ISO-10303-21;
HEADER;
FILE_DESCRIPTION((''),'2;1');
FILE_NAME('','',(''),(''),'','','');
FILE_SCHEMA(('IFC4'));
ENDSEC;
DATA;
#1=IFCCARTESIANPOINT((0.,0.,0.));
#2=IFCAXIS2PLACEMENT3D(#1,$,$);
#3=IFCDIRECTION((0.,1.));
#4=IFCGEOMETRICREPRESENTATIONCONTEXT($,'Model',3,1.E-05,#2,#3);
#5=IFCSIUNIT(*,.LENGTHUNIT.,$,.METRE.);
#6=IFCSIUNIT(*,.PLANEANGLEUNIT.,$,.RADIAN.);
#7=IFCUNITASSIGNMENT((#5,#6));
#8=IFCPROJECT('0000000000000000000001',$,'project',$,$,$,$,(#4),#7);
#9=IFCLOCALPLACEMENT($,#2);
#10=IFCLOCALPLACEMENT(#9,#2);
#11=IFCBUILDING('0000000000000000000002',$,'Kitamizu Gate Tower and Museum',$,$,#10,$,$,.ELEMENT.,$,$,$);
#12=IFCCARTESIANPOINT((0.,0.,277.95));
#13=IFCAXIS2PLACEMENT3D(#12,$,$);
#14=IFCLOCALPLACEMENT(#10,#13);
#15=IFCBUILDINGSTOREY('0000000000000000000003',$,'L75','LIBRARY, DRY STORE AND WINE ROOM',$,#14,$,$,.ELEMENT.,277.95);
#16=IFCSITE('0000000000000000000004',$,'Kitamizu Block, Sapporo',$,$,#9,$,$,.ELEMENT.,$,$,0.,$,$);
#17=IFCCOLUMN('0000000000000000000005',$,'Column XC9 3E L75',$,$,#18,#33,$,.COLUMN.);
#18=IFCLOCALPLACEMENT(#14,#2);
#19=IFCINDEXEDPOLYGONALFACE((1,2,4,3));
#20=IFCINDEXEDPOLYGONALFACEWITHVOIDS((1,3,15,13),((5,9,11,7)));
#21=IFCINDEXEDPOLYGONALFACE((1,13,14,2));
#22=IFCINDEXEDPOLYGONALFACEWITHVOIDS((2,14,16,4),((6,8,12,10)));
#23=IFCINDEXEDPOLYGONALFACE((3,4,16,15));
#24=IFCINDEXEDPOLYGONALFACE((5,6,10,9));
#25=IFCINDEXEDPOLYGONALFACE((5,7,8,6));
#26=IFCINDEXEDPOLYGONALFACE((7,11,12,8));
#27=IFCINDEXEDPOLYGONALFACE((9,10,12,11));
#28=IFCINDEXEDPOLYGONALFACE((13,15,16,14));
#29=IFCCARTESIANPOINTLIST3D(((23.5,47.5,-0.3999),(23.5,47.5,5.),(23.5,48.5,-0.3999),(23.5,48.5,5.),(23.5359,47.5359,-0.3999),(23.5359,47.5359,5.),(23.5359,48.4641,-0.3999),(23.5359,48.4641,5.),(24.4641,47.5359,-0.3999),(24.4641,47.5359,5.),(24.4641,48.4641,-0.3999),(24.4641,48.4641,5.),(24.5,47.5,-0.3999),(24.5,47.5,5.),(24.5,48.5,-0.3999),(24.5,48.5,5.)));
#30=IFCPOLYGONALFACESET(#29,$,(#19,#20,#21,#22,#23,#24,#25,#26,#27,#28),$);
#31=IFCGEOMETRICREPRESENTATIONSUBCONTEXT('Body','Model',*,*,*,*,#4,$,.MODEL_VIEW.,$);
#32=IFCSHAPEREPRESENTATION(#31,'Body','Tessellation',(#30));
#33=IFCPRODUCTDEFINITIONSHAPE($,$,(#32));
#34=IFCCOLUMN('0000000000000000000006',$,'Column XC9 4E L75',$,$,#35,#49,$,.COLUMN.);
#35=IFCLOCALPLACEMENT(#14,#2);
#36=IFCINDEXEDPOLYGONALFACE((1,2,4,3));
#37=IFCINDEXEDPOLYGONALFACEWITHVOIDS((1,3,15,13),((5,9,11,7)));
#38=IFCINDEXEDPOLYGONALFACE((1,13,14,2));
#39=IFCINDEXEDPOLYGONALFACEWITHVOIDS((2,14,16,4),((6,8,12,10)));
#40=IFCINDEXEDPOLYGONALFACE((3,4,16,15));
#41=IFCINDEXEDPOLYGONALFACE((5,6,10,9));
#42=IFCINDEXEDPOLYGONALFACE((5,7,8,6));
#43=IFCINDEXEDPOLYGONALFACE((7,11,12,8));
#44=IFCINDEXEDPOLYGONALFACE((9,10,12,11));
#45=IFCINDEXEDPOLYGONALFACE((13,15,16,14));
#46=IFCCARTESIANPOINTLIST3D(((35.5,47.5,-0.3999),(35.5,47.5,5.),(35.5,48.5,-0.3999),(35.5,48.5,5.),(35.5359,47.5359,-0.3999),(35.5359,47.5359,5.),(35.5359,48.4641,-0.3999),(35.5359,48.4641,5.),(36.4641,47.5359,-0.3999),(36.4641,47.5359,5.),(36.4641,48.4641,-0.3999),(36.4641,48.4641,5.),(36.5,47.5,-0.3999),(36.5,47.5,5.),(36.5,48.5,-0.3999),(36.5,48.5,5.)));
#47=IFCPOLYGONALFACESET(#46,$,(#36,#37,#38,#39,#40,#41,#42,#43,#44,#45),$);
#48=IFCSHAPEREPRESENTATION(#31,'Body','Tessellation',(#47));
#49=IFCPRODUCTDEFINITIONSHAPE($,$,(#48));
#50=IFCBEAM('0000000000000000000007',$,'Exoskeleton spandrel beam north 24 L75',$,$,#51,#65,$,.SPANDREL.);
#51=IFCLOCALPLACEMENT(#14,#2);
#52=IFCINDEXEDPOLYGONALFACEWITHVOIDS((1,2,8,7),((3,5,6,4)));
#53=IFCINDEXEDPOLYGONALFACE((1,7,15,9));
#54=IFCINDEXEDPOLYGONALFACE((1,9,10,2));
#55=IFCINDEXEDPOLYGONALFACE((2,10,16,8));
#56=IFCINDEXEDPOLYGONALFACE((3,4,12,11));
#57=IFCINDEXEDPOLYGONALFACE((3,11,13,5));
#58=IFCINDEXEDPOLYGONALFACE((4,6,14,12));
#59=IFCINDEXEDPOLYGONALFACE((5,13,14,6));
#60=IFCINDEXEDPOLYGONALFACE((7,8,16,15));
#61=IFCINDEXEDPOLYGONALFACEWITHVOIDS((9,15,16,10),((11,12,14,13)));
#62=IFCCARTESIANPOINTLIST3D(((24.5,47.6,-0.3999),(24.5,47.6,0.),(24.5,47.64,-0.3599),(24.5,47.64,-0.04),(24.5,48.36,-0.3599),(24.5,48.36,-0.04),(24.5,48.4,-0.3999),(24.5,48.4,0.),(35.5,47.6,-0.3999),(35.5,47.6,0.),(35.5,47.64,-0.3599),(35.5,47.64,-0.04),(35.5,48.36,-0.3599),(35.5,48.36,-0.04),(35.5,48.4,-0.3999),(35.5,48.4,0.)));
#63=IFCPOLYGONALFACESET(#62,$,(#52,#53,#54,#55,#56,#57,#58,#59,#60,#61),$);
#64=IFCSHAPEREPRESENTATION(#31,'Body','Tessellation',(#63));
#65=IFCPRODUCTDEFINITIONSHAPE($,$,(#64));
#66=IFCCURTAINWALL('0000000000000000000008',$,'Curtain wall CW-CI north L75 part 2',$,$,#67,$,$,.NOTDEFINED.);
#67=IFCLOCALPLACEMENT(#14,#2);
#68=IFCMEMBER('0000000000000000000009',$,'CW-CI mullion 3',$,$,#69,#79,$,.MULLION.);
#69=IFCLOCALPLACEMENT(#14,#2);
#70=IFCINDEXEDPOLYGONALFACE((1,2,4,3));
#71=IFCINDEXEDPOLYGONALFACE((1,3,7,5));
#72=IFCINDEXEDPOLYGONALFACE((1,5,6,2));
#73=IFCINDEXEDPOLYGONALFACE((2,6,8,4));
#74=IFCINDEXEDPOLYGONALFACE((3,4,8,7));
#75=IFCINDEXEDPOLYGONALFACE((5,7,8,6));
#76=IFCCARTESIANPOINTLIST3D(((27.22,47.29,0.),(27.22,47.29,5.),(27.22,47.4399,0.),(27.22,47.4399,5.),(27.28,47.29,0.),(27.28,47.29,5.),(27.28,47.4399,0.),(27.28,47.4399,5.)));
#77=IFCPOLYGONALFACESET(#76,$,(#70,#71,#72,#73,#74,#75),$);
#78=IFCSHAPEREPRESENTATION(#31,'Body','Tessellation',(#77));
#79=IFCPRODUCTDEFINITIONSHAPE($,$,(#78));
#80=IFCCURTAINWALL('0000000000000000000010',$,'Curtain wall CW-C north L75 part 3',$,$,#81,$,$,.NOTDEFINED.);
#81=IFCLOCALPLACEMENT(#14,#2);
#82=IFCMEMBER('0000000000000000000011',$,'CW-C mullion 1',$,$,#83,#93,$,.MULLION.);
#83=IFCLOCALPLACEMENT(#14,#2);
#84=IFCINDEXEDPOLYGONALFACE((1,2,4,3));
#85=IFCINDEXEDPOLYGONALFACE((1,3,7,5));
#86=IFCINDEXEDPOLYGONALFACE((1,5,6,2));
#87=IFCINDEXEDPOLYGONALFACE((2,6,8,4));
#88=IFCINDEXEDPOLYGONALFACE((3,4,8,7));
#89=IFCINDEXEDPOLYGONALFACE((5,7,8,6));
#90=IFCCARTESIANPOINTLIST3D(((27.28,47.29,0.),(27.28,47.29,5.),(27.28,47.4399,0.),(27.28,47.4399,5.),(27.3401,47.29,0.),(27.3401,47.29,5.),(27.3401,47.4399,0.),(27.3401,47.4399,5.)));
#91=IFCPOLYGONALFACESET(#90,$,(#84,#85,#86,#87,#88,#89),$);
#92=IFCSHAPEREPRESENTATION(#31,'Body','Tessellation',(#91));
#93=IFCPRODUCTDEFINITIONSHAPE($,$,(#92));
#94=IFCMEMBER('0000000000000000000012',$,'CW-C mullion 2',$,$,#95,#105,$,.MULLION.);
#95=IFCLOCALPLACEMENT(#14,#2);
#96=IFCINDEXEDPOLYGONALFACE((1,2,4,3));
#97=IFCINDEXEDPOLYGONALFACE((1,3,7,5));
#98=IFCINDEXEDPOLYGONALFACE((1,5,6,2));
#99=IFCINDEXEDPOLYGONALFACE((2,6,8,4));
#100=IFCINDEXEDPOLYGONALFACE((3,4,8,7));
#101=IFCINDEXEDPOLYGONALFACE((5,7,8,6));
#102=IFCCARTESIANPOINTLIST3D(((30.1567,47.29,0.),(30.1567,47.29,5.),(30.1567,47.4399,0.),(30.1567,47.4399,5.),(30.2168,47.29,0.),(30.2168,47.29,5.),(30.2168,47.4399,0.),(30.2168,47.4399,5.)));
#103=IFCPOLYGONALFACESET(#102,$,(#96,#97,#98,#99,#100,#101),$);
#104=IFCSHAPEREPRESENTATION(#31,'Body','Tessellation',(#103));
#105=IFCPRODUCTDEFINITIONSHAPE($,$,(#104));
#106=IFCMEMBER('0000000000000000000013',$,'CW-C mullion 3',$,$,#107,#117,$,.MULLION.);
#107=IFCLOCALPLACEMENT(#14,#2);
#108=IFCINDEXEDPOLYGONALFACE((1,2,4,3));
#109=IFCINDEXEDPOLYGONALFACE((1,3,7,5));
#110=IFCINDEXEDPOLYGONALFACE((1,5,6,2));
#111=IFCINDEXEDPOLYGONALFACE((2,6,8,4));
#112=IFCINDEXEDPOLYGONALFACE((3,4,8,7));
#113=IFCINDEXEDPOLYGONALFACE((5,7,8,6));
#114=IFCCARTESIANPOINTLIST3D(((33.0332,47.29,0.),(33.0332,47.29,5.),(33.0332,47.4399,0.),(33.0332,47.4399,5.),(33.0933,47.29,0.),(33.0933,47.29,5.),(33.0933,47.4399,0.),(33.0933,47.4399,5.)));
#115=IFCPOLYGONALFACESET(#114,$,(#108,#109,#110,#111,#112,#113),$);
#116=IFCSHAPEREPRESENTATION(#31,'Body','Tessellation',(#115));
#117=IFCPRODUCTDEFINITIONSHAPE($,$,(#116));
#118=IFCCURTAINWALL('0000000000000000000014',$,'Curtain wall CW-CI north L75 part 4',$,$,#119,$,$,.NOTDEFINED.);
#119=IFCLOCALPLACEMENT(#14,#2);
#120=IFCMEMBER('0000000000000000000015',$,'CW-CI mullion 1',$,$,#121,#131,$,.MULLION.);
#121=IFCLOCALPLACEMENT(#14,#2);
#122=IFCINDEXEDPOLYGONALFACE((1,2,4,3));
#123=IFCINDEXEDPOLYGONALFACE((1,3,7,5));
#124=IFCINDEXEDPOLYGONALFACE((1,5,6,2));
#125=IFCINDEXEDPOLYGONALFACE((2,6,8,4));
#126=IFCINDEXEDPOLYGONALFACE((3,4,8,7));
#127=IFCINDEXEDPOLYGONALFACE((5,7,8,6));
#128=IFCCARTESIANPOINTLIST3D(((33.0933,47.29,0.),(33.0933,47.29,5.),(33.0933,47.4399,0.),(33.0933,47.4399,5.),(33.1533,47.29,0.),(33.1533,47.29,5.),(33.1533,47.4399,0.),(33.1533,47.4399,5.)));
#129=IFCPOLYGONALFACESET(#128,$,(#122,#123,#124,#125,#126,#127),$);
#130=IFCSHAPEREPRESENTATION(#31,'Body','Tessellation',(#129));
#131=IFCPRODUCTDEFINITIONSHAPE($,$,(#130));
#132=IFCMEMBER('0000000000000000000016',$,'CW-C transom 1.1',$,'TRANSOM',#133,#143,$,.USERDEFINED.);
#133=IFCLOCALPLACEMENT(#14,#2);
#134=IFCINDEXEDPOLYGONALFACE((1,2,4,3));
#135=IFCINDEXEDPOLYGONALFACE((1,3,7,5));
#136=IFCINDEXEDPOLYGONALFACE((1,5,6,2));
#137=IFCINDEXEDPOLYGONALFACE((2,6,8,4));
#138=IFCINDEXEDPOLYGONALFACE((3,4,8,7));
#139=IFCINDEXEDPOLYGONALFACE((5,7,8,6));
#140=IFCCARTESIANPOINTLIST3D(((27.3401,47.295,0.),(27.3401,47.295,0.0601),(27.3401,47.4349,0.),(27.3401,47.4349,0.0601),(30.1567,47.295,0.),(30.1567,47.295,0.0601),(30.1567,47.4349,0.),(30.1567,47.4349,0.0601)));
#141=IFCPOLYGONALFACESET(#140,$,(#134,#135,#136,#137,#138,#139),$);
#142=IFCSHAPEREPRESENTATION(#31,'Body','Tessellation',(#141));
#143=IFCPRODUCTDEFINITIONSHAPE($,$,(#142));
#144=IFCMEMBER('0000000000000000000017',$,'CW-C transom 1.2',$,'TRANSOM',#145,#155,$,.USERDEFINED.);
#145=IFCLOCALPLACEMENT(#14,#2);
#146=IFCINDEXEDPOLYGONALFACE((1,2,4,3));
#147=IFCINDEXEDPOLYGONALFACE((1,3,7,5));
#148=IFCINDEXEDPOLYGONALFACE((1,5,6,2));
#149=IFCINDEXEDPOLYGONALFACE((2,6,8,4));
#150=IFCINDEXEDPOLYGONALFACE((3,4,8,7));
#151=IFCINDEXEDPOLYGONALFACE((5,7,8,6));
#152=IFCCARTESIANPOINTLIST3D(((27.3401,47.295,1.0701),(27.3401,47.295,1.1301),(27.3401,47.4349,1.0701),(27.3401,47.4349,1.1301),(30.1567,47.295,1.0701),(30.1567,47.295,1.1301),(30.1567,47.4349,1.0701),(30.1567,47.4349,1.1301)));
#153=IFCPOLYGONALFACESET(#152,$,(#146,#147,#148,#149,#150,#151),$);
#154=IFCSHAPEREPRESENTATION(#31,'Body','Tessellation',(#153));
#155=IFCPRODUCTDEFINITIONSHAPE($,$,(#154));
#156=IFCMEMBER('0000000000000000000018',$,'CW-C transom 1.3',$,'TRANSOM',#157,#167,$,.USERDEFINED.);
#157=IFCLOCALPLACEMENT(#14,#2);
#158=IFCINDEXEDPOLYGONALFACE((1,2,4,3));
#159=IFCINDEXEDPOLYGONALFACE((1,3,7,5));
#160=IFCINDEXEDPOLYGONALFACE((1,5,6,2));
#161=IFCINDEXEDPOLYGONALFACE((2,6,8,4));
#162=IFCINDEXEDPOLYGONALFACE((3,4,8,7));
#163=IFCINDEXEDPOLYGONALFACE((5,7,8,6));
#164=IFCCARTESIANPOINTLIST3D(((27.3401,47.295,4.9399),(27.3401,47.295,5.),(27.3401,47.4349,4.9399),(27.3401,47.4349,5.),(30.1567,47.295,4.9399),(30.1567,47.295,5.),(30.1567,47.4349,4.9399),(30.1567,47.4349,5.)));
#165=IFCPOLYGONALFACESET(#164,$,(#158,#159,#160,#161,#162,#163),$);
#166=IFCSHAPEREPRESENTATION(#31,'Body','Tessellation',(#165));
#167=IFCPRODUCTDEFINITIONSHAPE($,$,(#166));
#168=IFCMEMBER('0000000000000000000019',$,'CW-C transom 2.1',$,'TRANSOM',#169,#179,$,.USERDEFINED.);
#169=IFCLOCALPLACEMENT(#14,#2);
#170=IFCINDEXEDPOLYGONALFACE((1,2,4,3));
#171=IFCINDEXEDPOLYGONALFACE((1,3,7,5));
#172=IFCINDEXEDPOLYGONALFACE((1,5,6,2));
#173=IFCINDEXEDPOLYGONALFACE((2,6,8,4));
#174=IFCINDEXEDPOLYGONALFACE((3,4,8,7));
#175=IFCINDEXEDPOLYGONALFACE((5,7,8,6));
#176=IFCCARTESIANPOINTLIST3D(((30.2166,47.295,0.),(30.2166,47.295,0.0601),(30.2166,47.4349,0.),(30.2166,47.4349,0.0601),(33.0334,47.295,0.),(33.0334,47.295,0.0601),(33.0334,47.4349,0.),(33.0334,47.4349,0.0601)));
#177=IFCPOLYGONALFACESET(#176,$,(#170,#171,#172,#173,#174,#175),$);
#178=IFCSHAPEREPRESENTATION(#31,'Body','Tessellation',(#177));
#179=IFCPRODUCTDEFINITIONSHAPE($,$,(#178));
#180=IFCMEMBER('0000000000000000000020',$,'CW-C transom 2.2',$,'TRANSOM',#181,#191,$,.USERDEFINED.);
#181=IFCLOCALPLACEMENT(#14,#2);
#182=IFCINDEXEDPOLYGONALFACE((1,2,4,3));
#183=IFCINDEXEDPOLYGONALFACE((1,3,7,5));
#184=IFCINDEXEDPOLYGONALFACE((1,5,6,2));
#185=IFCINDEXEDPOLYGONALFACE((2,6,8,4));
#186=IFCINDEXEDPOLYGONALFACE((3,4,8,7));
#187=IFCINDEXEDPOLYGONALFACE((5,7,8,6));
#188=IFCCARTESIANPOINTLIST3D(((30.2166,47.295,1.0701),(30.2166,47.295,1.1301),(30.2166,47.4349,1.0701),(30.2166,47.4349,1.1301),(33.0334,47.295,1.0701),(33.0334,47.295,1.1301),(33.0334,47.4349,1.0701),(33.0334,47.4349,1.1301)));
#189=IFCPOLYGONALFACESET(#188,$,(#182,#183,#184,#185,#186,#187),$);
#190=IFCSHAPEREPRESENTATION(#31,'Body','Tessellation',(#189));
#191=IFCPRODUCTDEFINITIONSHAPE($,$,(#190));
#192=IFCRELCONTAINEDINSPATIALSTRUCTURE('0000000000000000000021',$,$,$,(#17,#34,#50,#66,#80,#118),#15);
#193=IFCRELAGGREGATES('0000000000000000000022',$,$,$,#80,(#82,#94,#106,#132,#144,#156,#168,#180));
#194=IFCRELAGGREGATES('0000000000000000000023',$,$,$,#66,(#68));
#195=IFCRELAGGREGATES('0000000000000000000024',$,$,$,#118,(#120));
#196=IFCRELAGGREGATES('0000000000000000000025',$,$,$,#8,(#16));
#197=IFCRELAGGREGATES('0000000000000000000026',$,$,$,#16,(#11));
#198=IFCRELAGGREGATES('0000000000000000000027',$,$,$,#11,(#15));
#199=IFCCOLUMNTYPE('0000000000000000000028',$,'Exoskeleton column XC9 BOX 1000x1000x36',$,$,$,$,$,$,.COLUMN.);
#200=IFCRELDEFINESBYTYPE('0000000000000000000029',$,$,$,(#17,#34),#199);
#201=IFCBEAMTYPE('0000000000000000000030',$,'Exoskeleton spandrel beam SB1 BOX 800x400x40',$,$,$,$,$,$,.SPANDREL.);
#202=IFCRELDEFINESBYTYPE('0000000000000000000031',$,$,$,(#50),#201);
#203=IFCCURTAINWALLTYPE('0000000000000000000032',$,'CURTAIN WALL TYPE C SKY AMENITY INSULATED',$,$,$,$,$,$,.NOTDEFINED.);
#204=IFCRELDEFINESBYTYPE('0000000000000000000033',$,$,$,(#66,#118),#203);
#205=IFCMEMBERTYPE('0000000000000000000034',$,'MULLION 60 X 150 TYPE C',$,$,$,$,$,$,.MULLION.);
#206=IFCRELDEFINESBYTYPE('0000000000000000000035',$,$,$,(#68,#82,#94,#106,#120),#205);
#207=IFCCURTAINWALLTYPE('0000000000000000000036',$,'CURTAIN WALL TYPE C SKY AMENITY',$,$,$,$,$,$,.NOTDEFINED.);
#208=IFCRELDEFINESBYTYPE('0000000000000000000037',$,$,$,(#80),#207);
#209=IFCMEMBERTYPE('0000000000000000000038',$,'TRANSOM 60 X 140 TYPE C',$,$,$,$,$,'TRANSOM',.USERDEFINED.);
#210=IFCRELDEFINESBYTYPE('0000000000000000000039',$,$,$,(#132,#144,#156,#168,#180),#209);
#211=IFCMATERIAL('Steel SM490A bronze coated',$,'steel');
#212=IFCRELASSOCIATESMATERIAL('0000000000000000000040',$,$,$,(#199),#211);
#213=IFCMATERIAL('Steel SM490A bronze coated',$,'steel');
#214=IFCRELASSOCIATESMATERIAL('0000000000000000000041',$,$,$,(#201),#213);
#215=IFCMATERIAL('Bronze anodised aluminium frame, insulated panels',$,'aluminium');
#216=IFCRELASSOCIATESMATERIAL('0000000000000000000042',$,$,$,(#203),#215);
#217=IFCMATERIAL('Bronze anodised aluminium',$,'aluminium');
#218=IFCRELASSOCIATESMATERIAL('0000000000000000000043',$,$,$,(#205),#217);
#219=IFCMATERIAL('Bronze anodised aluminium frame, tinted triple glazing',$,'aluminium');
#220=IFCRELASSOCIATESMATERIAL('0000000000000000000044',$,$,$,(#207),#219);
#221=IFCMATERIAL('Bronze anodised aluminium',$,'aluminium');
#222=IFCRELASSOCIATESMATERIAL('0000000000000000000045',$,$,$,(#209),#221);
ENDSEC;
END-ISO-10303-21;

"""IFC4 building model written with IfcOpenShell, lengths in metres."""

from ifc_helpers import new_model, si_unit, direction, frame, origin, origin_2d, place, context, subcontext, project, spatial, rectangle, hollow_rectangle, extrude, material, material_profile, profile_set, type_object, element, aggregate, save


model = new_model("IFC4")

# Units and contexts
model_context = context("Model", 3, precision=1e-05, world=origin(), true_north=direction((0.0, 1.0)))
body_context = subcontext(model_context, "Body", "Model", "MODEL_VIEW")
ifc_project = project(units=[si_unit("LENGTHUNIT", "METRE"), si_unit("PLANEANGLEUNIT", "RADIAN")], contexts=[model_context])

# Site, building, storey
site_placement = place(None, origin())
site = spatial("IfcSite", under=ifc_project, at=site_placement, Name="Kitamizu Block, Sapporo", CompositionType="ELEMENT", RefElevation=0.0)
building_placement = place(site_placement, origin())
building = spatial("IfcBuilding", under=site, at=building_placement, Name="Kitamizu Gate Tower and Museum", CompositionType="ELEMENT")
storey_placement = place(building_placement, frame((0.0, 0.0, 277.95)))
storey = spatial("IfcBuildingStorey", under=building, at=storey_placement, Name="L75", Description="LIBRARY, DRY STORE AND WINE ROOM", CompositionType="ELEMENT", Elevation=277.95)

# Columns
ifc_material_1 = material(Name="Steel SM490A bronze coated", Category="steel")
ifc_material_profile_1 = material_profile(ifc_material_1, hollow_rectangle(XDim=1.0, YDim=1.0, WallThickness=0.0359, at=origin_2d()), Name="BOX 1000x1000x36")
ifc_profile_set_1 = profile_set([ifc_material_profile_1], Name="Steel SM490A bronze coated")
column_type = type_object("IfcColumnType", Name="Exoskeleton column XC9 BOX 1000x1000x36", PredefinedType="COLUMN", material=ifc_profile_set_1)
for number, where, z_axis, x_axis, name in (
    (1, (24.0, 48.0, -0.3999), (0.0, 0.0, 1.0), (1.0, 0.0, 0.0), "Column XC9 3E L75"),
    (2, (36.0, 48.0, -0.3999), (0.0, 0.0, 1.0), (1.0, 0.0, 0.0), "Column XC9 4E L75"),
):
    element("IfcColumn", number, at=place(storey_placement, frame(where, z_axis=z_axis, x_axis=x_axis)), inside=storey, type_object=column_type, Name=name, PredefinedType="COLUMN", context=body_context, shape_type="SweptSolid", body=[
        extrude(hollow_rectangle(XDim=1.0, YDim=1.0, WallThickness=0.0359, at=origin_2d()), origin(), (0.0, 0.0, 1.0), 5.3999),
    ])

# Beam
ifc_material_2 = material(Name="Steel SM490A bronze coated", Category="steel")
ifc_material_profile_2 = material_profile(ifc_material_2, hollow_rectangle(XDim=0.8, YDim=0.3999, WallThickness=0.04, at=origin_2d()), Name="BOX 800x400x40")
ifc_profile_set_2 = profile_set([ifc_material_profile_2], Name="Steel SM490A bronze coated")
beam_type = type_object("IfcBeamType", Name="Exoskeleton spandrel beam SB1 BOX 800x400x40", PredefinedType="SPANDREL", material=ifc_profile_set_2)
beam_placement = place(storey_placement, frame((24.5, 48.0, -0.2), z_axis=(1.0, 0.0, 0.0), x_axis=(0.0, 1.0, 0.0)))
element("IfcBeam", 3, at=beam_placement, inside=storey, type_object=beam_type, Name="Exoskeleton spandrel beam north 24 L75", PredefinedType="SPANDREL", context=body_context, shape_type="SweptSolid", body=[
    extrude(hollow_rectangle(XDim=0.8, YDim=0.3999, WallThickness=0.04, at=origin_2d()), origin(), (0.0, 0.0, 1.0), 11.0),
])

# Curtain wall, member
ifc_material_3 = material(Name="Bronze anodised aluminium frame, insulated panels", Category="aluminium")
curtain_wall_type_1 = type_object("IfcCurtainWallType", Name="CURTAIN WALL TYPE C SKY AMENITY INSULATED", PredefinedType="NOTDEFINED", material=ifc_material_3)
curtain_wall_1_placement = place(storey_placement, origin())
curtain_wall_1 = element("IfcCurtainWall", 4, at=curtain_wall_1_placement, inside=storey, type_object=curtain_wall_type_1, Name="Curtain wall CW-CI north L75 part 2", PredefinedType="NOTDEFINED")
ifc_material_4 = material(Name="Bronze anodised aluminium", Category="aluminium")
ifc_material_profile_3 = material_profile(ifc_material_4, rectangle(XDim=0.0601, YDim=0.1499, at=origin_2d()), Name="AL 60X150")
ifc_profile_set_3 = profile_set([ifc_material_profile_3], Name="Bronze anodised aluminium")
member_type_1 = type_object("IfcMemberType", Name="MULLION 60 X 150 TYPE C", PredefinedType="MULLION", material=ifc_profile_set_3)
member_1_placement = place(storey_placement, frame((27.25, 47.365, 0.0), z_axis=(0.0, 0.0, 1.0), x_axis=(1.0, 0.0, 0.0)))
member_1 = element("IfcMember", 5, at=member_1_placement, type_object=member_type_1, Name="CW-CI mullion 3", PredefinedType="MULLION", context=body_context, shape_type="SweptSolid", body=[
    extrude(rectangle(XDim=0.0601, YDim=0.1499, at=origin_2d()), origin(), (0.0, 0.0, 1.0), 5.0),
])

# Curtain wall, members
ifc_material_5 = material(Name="Bronze anodised aluminium frame, tinted triple glazing", Category="aluminium")
curtain_wall_type_2 = type_object("IfcCurtainWallType", Name="CURTAIN WALL TYPE C SKY AMENITY", PredefinedType="NOTDEFINED", material=ifc_material_5)
curtain_wall_2_placement = place(storey_placement, origin())
curtain_wall_2 = element("IfcCurtainWall", 6, at=curtain_wall_2_placement, inside=storey, type_object=curtain_wall_type_2, Name="Curtain wall CW-C north L75 part 3", PredefinedType="NOTDEFINED")
member_2_placement = place(storey_placement, frame((27.3101, 47.365, 0.0), z_axis=(0.0, 0.0, 1.0), x_axis=(1.0, 0.0, 0.0)))
member_2 = element("IfcMember", 7, at=member_2_placement, type_object=member_type_1, Name="CW-C mullion 1", PredefinedType="MULLION", context=body_context, shape_type="SweptSolid", body=[
    extrude(rectangle(XDim=0.0601, YDim=0.1499, at=origin_2d()), origin(), (0.0, 0.0, 1.0), 5.0),
])
member_3_placement = place(storey_placement, frame((30.1868, 47.365, 0.0), z_axis=(0.0, 0.0, 1.0), x_axis=(1.0, 0.0, 0.0)))
member_3 = element("IfcMember", 8, at=member_3_placement, type_object=member_type_1, Name="CW-C mullion 2", PredefinedType="MULLION", context=body_context, shape_type="SweptSolid", body=[
    extrude(rectangle(XDim=0.0601, YDim=0.1499, at=origin_2d()), origin(), (0.0, 0.0, 1.0), 5.0),
])
member_4_placement = place(storey_placement, frame((33.0632, 47.365, 0.0), z_axis=(0.0, 0.0, 1.0), x_axis=(1.0, 0.0, 0.0)))
member_4 = element("IfcMember", 9, at=member_4_placement, type_object=member_type_1, Name="CW-C mullion 3", PredefinedType="MULLION", context=body_context, shape_type="SweptSolid", body=[
    extrude(rectangle(XDim=0.0601, YDim=0.1499, at=origin_2d()), origin(), (0.0, 0.0, 1.0), 5.0),
])

# Curtain wall, member
curtain_wall_3_placement = place(storey_placement, origin())
curtain_wall_3 = element("IfcCurtainWall", 10, at=curtain_wall_3_placement, inside=storey, type_object=curtain_wall_type_1, Name="Curtain wall CW-CI north L75 part 4", PredefinedType="NOTDEFINED")
member_5_placement = place(storey_placement, frame((33.1233, 47.365, 0.0), z_axis=(0.0, 0.0, 1.0), x_axis=(1.0, 0.0, 0.0)))
member_5 = element("IfcMember", 11, at=member_5_placement, type_object=member_type_1, Name="CW-CI mullion 1", PredefinedType="MULLION", context=body_context, shape_type="SweptSolid", body=[
    extrude(rectangle(XDim=0.0601, YDim=0.1499, at=origin_2d()), origin(), (0.0, 0.0, 1.0), 5.0),
])

# Members
ifc_material_6 = material(Name="Bronze anodised aluminium", Category="aluminium")
ifc_material_profile_4 = material_profile(ifc_material_6, rectangle(XDim=0.1399, YDim=0.0601, at=origin_2d()), Name="AL 60X140")
ifc_profile_set_4 = profile_set([ifc_material_profile_4], Name="Bronze anodised aluminium")
member_type_2 = type_object("IfcMemberType", Name="TRANSOM 60 X 140 TYPE C", ElementType="TRANSOM", PredefinedType="USERDEFINED", material=ifc_profile_set_4)
member_6_placement = place(storey_placement, frame((27.3401, 47.365, 0.03), z_axis=(1.0, 0.0, 0.0), x_axis=(0.0, 1.0, 0.0)))
member_6 = element("IfcMember", 12, at=member_6_placement, type_object=member_type_2, Name="CW-C transom 1.1", ObjectType="TRANSOM", PredefinedType="USERDEFINED", context=body_context, shape_type="SweptSolid", body=[
    extrude(rectangle(XDim=0.1399, YDim=0.0601, at=origin_2d()), origin(), (0.0, 0.0, 1.0), 2.8167),
])
member_7_placement = place(storey_placement, frame((27.3401, 47.365, 1.1001), z_axis=(1.0, 0.0, 0.0), x_axis=(0.0, 1.0, 0.0)))
member_7 = element("IfcMember", 13, at=member_7_placement, type_object=member_type_2, Name="CW-C transom 1.2", ObjectType="TRANSOM", PredefinedType="USERDEFINED", context=body_context, shape_type="SweptSolid", body=[
    extrude(rectangle(XDim=0.1399, YDim=0.0601, at=origin_2d()), origin(), (0.0, 0.0, 1.0), 2.8167),
])
member_8_placement = place(storey_placement, frame((27.3401, 47.365, 4.97), z_axis=(1.0, 0.0, 0.0), x_axis=(0.0, 1.0, 0.0)))
member_8 = element("IfcMember", 14, at=member_8_placement, type_object=member_type_2, Name="CW-C transom 1.3", ObjectType="TRANSOM", PredefinedType="USERDEFINED", context=body_context, shape_type="SweptSolid", body=[
    extrude(rectangle(XDim=0.1399, YDim=0.0601, at=origin_2d()), origin(), (0.0, 0.0, 1.0), 2.8167),
])
member_9_placement = place(storey_placement, frame((30.2166, 47.365, 0.03), z_axis=(1.0, 0.0, 0.0), x_axis=(0.0, 1.0, 0.0)))
member_9 = element("IfcMember", 15, at=member_9_placement, type_object=member_type_2, Name="CW-C transom 2.1", ObjectType="TRANSOM", PredefinedType="USERDEFINED", context=body_context, shape_type="SweptSolid", body=[
    extrude(rectangle(XDim=0.1399, YDim=0.0601, at=origin_2d()), origin(), (0.0, 0.0, 1.0), 2.8169),
])
member_10_placement = place(storey_placement, frame((30.2166, 47.365, 1.1001), z_axis=(1.0, 0.0, 0.0), x_axis=(0.0, 1.0, 0.0)))
member_10 = element("IfcMember", 16, at=member_10_placement, type_object=member_type_2, Name="CW-C transom 2.2", ObjectType="TRANSOM", PredefinedType="USERDEFINED", context=body_context, shape_type="SweptSolid", body=[
    extrude(rectangle(XDim=0.1399, YDim=0.0601, at=origin_2d()), origin(), (0.0, 0.0, 1.0), 2.8169),
])

aggregate(curtain_wall_2, [member_2, member_3, member_4, member_6, member_7, member_8, member_9, member_10])
aggregate(curtain_wall_1, [member_1])
aggregate(curtain_wall_3, [member_5])

save(model, "model.ifc")
